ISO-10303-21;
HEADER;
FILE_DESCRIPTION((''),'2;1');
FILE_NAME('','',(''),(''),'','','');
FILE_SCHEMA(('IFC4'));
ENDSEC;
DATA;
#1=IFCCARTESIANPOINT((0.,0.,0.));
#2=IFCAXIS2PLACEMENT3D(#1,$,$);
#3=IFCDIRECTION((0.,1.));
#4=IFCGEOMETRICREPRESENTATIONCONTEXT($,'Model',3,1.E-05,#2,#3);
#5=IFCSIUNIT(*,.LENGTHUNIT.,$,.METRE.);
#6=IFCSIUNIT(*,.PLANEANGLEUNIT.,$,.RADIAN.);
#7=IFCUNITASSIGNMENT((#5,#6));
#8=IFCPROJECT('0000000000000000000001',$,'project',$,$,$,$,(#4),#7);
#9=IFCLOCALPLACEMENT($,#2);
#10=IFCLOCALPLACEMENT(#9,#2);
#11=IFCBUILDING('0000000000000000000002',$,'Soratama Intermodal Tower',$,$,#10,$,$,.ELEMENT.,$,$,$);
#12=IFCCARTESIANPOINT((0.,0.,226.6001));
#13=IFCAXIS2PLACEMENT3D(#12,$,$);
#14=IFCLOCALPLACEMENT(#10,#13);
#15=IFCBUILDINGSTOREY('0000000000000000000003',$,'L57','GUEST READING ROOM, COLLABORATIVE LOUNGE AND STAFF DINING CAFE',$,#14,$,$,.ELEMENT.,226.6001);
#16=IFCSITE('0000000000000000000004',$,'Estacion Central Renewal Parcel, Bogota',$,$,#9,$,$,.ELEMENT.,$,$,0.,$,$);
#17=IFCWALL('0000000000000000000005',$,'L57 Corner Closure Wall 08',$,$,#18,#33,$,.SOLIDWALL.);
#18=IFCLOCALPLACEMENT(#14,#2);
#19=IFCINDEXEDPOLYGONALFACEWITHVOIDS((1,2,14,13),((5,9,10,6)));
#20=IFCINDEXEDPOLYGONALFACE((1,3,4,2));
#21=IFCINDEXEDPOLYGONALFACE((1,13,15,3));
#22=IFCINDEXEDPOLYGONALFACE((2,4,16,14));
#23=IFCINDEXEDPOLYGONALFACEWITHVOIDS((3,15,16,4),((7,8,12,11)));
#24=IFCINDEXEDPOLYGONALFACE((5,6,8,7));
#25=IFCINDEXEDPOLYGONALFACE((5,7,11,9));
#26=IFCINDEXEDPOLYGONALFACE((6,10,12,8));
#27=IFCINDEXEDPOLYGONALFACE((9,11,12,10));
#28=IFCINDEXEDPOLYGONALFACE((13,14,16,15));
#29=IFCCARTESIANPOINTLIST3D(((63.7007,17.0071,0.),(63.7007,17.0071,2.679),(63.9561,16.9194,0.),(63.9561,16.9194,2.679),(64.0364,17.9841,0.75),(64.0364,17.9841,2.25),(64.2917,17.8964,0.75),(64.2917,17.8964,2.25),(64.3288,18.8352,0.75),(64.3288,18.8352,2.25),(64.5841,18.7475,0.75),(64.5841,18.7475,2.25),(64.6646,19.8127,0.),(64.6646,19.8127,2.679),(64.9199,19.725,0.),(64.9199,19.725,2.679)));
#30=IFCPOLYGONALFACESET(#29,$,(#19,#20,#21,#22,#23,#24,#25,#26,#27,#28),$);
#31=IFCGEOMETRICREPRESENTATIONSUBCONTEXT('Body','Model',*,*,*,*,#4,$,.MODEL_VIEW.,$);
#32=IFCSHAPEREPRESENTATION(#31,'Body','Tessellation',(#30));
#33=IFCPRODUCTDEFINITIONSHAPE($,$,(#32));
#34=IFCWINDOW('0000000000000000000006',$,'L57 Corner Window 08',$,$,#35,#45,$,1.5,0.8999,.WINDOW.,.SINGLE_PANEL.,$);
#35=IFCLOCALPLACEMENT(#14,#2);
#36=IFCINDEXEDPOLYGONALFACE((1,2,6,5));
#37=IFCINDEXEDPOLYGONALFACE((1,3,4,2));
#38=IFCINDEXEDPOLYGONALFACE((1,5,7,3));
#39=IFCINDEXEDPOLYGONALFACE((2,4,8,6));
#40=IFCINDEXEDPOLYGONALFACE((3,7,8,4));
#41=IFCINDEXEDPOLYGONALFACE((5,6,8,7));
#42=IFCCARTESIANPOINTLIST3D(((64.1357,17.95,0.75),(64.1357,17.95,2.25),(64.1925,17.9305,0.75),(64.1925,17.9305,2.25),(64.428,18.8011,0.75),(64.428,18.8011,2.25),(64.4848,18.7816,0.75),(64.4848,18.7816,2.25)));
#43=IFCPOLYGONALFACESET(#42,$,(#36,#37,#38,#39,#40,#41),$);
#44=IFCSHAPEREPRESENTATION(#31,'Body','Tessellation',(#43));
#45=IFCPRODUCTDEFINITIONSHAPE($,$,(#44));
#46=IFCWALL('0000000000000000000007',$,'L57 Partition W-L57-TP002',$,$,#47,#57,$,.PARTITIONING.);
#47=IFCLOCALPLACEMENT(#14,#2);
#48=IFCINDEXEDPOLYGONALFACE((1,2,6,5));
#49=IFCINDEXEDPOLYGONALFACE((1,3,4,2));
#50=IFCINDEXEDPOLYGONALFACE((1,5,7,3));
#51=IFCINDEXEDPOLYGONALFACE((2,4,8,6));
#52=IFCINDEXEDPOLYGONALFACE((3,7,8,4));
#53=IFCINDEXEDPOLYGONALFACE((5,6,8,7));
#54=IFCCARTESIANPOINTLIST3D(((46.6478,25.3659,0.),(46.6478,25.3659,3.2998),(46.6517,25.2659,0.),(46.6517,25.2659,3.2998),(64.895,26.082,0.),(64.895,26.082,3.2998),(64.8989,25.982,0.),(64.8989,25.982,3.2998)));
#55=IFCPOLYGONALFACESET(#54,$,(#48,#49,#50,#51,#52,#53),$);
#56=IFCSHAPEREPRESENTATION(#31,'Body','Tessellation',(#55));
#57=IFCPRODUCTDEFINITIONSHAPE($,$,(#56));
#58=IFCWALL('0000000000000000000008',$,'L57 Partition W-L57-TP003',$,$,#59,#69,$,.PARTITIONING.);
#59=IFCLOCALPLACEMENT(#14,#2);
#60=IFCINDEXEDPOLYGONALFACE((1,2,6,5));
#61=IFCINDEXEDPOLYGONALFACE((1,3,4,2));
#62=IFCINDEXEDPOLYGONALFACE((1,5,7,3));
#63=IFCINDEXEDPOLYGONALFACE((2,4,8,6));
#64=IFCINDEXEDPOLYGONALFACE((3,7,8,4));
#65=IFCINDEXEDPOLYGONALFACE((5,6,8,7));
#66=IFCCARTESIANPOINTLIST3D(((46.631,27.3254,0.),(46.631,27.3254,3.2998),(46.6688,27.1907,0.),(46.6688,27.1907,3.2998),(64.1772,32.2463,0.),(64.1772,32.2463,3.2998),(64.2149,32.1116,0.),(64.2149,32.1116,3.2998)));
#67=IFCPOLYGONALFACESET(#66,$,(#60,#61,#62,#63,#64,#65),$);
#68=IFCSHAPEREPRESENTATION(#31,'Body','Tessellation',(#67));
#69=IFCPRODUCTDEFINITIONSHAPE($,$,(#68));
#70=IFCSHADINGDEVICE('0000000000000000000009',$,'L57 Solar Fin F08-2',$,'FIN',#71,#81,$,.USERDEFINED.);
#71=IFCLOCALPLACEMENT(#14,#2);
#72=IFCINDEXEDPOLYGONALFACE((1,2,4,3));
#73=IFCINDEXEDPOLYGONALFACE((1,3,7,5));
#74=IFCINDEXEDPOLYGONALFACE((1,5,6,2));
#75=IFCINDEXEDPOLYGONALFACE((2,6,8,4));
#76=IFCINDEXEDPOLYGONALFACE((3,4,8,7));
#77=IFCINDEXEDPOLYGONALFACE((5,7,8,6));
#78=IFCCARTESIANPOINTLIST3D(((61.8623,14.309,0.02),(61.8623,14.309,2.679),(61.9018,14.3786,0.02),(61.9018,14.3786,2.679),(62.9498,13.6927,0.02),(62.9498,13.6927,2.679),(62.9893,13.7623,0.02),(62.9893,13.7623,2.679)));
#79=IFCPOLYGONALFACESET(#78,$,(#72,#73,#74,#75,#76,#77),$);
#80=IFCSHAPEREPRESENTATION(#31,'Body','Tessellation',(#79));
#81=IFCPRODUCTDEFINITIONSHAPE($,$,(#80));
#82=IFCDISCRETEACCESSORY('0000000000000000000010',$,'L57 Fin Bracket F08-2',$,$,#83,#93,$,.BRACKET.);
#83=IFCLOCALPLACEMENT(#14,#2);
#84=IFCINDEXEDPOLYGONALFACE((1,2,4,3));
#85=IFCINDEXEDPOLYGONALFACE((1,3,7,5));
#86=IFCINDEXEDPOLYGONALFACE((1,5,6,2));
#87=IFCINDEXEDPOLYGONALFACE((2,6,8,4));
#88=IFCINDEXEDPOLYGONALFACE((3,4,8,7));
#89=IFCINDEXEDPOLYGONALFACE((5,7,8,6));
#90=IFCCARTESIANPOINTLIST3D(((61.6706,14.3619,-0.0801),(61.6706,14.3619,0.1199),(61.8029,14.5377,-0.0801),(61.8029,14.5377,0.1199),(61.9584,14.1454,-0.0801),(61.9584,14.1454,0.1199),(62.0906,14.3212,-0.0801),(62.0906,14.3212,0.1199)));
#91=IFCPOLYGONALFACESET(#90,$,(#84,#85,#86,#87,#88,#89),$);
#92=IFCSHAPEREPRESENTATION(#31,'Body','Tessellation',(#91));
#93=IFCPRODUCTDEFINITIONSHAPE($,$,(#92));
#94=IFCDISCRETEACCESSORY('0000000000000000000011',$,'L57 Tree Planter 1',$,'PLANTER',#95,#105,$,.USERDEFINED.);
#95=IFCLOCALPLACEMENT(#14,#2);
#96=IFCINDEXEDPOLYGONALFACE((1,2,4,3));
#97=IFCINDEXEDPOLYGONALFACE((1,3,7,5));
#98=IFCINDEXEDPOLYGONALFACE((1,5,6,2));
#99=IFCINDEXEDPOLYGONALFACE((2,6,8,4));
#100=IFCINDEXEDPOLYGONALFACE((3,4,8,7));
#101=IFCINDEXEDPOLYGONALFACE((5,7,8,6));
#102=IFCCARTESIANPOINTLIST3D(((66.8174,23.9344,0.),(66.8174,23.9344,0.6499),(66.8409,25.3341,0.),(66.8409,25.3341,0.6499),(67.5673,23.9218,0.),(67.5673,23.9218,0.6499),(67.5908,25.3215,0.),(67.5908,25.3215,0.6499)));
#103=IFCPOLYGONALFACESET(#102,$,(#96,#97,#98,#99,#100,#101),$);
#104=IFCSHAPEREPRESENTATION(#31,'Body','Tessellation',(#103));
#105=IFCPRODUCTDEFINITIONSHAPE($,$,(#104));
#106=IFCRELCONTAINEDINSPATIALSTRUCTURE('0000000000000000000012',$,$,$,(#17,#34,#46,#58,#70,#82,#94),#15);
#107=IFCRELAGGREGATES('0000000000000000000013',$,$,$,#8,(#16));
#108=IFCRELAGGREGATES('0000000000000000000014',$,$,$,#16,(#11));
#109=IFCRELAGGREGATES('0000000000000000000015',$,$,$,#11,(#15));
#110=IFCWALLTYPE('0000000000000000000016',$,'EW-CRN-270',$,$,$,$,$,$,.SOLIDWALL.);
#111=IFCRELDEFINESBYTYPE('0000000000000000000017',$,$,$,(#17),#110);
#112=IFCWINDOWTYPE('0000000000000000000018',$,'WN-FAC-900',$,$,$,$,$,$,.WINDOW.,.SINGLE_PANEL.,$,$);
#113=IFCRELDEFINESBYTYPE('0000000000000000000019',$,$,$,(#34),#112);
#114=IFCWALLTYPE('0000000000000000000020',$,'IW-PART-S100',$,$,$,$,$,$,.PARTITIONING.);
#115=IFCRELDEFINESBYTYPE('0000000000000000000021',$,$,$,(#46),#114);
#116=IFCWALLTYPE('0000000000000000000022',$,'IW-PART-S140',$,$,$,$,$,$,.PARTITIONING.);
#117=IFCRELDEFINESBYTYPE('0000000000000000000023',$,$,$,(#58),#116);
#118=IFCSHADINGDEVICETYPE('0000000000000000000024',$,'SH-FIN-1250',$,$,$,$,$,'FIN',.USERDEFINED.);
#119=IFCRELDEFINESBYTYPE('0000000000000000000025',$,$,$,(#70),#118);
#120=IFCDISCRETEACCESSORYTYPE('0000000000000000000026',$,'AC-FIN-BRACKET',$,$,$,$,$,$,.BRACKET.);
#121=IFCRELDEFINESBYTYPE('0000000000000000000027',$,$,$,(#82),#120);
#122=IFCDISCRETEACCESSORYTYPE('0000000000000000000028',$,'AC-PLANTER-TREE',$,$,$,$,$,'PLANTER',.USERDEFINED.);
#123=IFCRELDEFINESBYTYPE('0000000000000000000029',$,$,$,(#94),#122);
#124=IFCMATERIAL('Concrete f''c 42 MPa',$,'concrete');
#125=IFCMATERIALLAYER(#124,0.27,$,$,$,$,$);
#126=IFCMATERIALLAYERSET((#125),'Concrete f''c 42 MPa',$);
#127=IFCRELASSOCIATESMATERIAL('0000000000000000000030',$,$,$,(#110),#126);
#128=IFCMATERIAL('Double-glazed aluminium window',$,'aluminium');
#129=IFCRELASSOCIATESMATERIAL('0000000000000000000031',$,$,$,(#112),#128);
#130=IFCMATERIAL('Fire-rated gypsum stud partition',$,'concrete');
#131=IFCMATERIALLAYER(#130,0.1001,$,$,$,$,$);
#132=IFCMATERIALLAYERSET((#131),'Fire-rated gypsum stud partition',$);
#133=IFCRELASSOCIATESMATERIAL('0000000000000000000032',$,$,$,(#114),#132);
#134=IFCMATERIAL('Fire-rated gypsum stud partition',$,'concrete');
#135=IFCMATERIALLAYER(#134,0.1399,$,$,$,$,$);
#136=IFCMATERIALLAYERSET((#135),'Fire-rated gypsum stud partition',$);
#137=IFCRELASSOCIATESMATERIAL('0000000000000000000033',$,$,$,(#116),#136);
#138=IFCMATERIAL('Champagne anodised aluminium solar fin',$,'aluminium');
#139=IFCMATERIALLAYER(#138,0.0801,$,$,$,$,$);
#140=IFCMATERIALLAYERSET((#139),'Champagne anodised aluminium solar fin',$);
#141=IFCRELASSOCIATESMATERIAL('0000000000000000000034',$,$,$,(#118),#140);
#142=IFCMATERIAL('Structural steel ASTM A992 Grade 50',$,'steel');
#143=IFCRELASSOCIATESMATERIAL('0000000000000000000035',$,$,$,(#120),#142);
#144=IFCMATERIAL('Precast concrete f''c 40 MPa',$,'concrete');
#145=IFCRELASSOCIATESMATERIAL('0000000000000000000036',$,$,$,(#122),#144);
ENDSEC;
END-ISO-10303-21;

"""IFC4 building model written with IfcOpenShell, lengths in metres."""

from ifc_helpers import new_model, si_unit, direction, frame, frame_2d, origin, origin_2d, place, context, subcontext, project, spatial, rectangle, extrude, material, layer, layer_set, type_object, element, fill, save


model = new_model("IFC4")

# Units and contexts
model_context = context("Model", 3, precision=1e-05, world=origin(), true_north=direction((0.0, 1.0)))
body_context = subcontext(model_context, "Body", "Model", "MODEL_VIEW")
ifc_project = project(units=[si_unit("LENGTHUNIT", "METRE"), si_unit("PLANEANGLEUNIT", "RADIAN")], contexts=[model_context])

# Site, building, storey
site_placement = place(None, origin())
site = spatial("IfcSite", under=ifc_project, at=site_placement, Name="Estacion Central Renewal Parcel, Bogota", CompositionType="ELEMENT", RefElevation=0.0)
building_placement = place(site_placement, origin())
building = spatial("IfcBuilding", under=site, at=building_placement, Name="Soratama Intermodal Tower", CompositionType="ELEMENT")
storey_placement = place(building_placement, frame((0.0, 0.0, 226.6001)))
storey = spatial("IfcBuildingStorey", under=building, at=storey_placement, Name="L57", Description="GUEST READING ROOM, COLLABORATIVE LOUNGE AND STAFF DINING CAFE", CompositionType="ELEMENT", Elevation=226.6001)

# Wall, opening, window
ifc_material_1 = material(Name="Concrete f'c 42 MPa", Category="concrete")
ifc_layer_1 = layer(ifc_material_1, 0.27)
ifc_layer_set_1 = layer_set([ifc_layer_1], Name="Concrete f'c 42 MPa")
wall_type_1 = type_object("IfcWallType", Name="EW-CRN-270", PredefinedType="SOLIDWALL", material=ifc_layer_set_1)
wall_1_placement = place(storey_placement, frame((63.8284, 16.9631, 0.0), z_axis=(0.0, 0.0, 1.0), x_axis=(0.324905, 0.945747, 0.0)))
wall_1 = element("IfcWall", 1, at=wall_1_placement, inside=storey, type_object=wall_type_1, Name="L57 Corner Closure Wall 08", PredefinedType="SOLIDWALL", context=body_context, shape_type="SweptSolid", body=[
    extrude(rectangle(XDim=2.9666, YDim=0.27, at=frame_2d((1.4834, 0.0))), origin(), (0.0, 0.0, 1.0), 2.679),
])
opening_1_placement = place(wall_1_placement, frame((1.0332, 0.0, 0.75)))
opening_1 = element("IfcOpeningElement", 2, at=opening_1_placement, cuts=wall_1, PredefinedType="OPENING", context=body_context, shape_type="SweptSolid", body=[
    extrude(rectangle(XDim=0.8999, YDim=1.5, at=frame_2d((0.45, 0.75))), frame((0.0, 0.145, 0.0), z_axis=(0.0, -1.0, 0.0), x_axis=(1.0, 0.0, 0.0)), (0.0, 0.0, 1.0), 0.29),
])
ifc_material_2 = material(Name="Double-glazed aluminium window", Category="aluminium")
window_type_1 = type_object("IfcWindowType", Name="WN-FAC-900", PartitioningType="SINGLE_PANEL", PredefinedType="WINDOW", material=ifc_material_2)
window_1_placement = place(opening_1_placement, origin())
window_1 = element("IfcWindow", 3, at=window_1_placement, inside=storey, type_object=window_type_1, Name="L57 Corner Window 08", OverallHeight=1.5, OverallWidth=0.8999, PartitioningType="SINGLE_PANEL", PredefinedType="WINDOW", context=body_context, shape_type="SweptSolid", body=[
    extrude(rectangle(XDim=0.8999, YDim=1.5, at=frame_2d((0.45, 0.75))), frame((0.0, 0.03, 0.0), z_axis=(0.0, -1.0, 0.0), x_axis=(1.0, 0.0, 0.0)), (0.0, 0.0, 1.0), 0.0601),
])
fill(opening_1, window_1)

# Walls
ifc_material_3 = material(Name="Fire-rated gypsum stud partition", Category="concrete")
ifc_layer_2 = layer(ifc_material_3, 0.1001)
ifc_layer_set_2 = layer_set([ifc_layer_2], Name="Fire-rated gypsum stud partition")
wall_type_2 = type_object("IfcWallType", Name="IW-PART-S100", PredefinedType="PARTITIONING", material=ifc_layer_set_2)
wall_2_placement = place(storey_placement, frame((64.897, 26.032, 0.0), z_axis=(0.0, 0.0, 1.0), x_axis=(-0.999231, -0.039213, 0.0)))
element("IfcWall", 4, at=wall_2_placement, inside=storey, type_object=wall_type_2, Name="L57 Partition W-L57-TP002", PredefinedType="PARTITIONING", context=body_context, shape_type="SweptSolid", body=[
    extrude(rectangle(XDim=18.2612, YDim=0.1001, at=frame_2d((9.1306, 0.0))), origin(), (0.0, 0.0, 1.0), 3.2998),
])
ifc_material_4 = material(Name="Fire-rated gypsum stud partition", Category="concrete")
ifc_layer_3 = layer(ifc_material_4, 0.1399)
ifc_layer_set_3 = layer_set([ifc_layer_3], Name="Fire-rated gypsum stud partition")
wall_type_3 = type_object("IfcWallType", Name="IW-PART-S140", PredefinedType="PARTITIONING", material=ifc_layer_set_3)
wall_3_placement = place(storey_placement, frame((46.6499, 27.2581, 0.0), z_axis=(0.0, 0.0, 1.0), x_axis=(0.96285, 0.270036, 0.0)))
element("IfcWall", 5, at=wall_3_placement, inside=storey, type_object=wall_type_3, Name="L57 Partition W-L57-TP003", PredefinedType="PARTITIONING", context=body_context, shape_type="SweptSolid", body=[
    extrude(rectangle(XDim=18.2231, YDim=0.1399, at=frame_2d((9.1116, 0.0))), origin(), (0.0, 0.0, 1.0), 3.2998),
])

# Shading device
ifc_material_5 = material(Name="Champagne anodised aluminium solar fin", Category="aluminium")
ifc_layer_4 = layer(ifc_material_5, 0.0801)
ifc_layer_set_4 = layer_set([ifc_layer_4], Name="Champagne anodised aluminium solar fin")
shading_device_type = type_object("IfcShadingDeviceType", Name="SH-FIN-1250", ElementType="FIN", PredefinedType="USERDEFINED", material=ifc_layer_set_4)
shading_device_placement = place(storey_placement, frame((62.4258, 14.0356, 0.02), z_axis=(0.0, 0.0, 1.0), x_axis=(0.870012, -0.493031, 0.0)))
element("IfcShadingDevice", 6, at=shading_device_placement, inside=storey, type_object=shading_device_type, Name="L57 Solar Fin F08-2", ObjectType="FIN", PredefinedType="USERDEFINED", context=body_context, shape_type="SweptSolid", body=[
    extrude(rectangle(XDim=1.25, YDim=0.0801, at=origin_2d()), origin(), (0.0, 0.0, 1.0), 2.6589),
])

# Discrete accessories
ifc_material_6 = material(Name="Structural steel ASTM A992 Grade 50", Category="steel")
discrete_accessory_type_1 = type_object("IfcDiscreteAccessoryType", Name="AC-FIN-BRACKET", PredefinedType="BRACKET", material=ifc_material_6)
discrete_accessory_1_placement = place(storey_placement, frame((61.8806, 14.3416, -0.0801), z_axis=(0.0, 0.0, 1.0), x_axis=(0.799055, -0.601257, 0.0)))
element("IfcDiscreteAccessory", 7, at=discrete_accessory_1_placement, inside=storey, type_object=discrete_accessory_type_1, Name="L57 Fin Bracket F08-2", PredefinedType="BRACKET", context=body_context, shape_type="SweptSolid", body=[
    extrude(rectangle(XDim=0.3601, YDim=0.22, at=origin_2d()), origin(), (0.0, 0.0, 1.0), 0.2),
])
ifc_material_7 = material(Name="Precast concrete f'c 40 MPa", Category="concrete")
discrete_accessory_type_2 = type_object("IfcDiscreteAccessoryType", Name="AC-PLANTER-TREE", ElementType="PLANTER", PredefinedType="USERDEFINED", material=ifc_material_7)
discrete_accessory_2_placement = place(storey_placement, frame((67.2041, 24.6279, 0.0), z_axis=(0.0, 0.0, 1.0), x_axis=(0.99986, -0.016754, 0.0)))
element("IfcDiscreteAccessory", 8, at=discrete_accessory_2_placement, inside=storey, type_object=discrete_accessory_type_2, Name="L57 Tree Planter 1", ObjectType="PLANTER", PredefinedType="USERDEFINED", context=body_context, shape_type="SweptSolid", body=[
    extrude(rectangle(XDim=0.75, YDim=1.3999, at=origin_2d()), origin(), (0.0, 0.0, 1.0), 0.6499),
])

save(model, "model.ifc")
